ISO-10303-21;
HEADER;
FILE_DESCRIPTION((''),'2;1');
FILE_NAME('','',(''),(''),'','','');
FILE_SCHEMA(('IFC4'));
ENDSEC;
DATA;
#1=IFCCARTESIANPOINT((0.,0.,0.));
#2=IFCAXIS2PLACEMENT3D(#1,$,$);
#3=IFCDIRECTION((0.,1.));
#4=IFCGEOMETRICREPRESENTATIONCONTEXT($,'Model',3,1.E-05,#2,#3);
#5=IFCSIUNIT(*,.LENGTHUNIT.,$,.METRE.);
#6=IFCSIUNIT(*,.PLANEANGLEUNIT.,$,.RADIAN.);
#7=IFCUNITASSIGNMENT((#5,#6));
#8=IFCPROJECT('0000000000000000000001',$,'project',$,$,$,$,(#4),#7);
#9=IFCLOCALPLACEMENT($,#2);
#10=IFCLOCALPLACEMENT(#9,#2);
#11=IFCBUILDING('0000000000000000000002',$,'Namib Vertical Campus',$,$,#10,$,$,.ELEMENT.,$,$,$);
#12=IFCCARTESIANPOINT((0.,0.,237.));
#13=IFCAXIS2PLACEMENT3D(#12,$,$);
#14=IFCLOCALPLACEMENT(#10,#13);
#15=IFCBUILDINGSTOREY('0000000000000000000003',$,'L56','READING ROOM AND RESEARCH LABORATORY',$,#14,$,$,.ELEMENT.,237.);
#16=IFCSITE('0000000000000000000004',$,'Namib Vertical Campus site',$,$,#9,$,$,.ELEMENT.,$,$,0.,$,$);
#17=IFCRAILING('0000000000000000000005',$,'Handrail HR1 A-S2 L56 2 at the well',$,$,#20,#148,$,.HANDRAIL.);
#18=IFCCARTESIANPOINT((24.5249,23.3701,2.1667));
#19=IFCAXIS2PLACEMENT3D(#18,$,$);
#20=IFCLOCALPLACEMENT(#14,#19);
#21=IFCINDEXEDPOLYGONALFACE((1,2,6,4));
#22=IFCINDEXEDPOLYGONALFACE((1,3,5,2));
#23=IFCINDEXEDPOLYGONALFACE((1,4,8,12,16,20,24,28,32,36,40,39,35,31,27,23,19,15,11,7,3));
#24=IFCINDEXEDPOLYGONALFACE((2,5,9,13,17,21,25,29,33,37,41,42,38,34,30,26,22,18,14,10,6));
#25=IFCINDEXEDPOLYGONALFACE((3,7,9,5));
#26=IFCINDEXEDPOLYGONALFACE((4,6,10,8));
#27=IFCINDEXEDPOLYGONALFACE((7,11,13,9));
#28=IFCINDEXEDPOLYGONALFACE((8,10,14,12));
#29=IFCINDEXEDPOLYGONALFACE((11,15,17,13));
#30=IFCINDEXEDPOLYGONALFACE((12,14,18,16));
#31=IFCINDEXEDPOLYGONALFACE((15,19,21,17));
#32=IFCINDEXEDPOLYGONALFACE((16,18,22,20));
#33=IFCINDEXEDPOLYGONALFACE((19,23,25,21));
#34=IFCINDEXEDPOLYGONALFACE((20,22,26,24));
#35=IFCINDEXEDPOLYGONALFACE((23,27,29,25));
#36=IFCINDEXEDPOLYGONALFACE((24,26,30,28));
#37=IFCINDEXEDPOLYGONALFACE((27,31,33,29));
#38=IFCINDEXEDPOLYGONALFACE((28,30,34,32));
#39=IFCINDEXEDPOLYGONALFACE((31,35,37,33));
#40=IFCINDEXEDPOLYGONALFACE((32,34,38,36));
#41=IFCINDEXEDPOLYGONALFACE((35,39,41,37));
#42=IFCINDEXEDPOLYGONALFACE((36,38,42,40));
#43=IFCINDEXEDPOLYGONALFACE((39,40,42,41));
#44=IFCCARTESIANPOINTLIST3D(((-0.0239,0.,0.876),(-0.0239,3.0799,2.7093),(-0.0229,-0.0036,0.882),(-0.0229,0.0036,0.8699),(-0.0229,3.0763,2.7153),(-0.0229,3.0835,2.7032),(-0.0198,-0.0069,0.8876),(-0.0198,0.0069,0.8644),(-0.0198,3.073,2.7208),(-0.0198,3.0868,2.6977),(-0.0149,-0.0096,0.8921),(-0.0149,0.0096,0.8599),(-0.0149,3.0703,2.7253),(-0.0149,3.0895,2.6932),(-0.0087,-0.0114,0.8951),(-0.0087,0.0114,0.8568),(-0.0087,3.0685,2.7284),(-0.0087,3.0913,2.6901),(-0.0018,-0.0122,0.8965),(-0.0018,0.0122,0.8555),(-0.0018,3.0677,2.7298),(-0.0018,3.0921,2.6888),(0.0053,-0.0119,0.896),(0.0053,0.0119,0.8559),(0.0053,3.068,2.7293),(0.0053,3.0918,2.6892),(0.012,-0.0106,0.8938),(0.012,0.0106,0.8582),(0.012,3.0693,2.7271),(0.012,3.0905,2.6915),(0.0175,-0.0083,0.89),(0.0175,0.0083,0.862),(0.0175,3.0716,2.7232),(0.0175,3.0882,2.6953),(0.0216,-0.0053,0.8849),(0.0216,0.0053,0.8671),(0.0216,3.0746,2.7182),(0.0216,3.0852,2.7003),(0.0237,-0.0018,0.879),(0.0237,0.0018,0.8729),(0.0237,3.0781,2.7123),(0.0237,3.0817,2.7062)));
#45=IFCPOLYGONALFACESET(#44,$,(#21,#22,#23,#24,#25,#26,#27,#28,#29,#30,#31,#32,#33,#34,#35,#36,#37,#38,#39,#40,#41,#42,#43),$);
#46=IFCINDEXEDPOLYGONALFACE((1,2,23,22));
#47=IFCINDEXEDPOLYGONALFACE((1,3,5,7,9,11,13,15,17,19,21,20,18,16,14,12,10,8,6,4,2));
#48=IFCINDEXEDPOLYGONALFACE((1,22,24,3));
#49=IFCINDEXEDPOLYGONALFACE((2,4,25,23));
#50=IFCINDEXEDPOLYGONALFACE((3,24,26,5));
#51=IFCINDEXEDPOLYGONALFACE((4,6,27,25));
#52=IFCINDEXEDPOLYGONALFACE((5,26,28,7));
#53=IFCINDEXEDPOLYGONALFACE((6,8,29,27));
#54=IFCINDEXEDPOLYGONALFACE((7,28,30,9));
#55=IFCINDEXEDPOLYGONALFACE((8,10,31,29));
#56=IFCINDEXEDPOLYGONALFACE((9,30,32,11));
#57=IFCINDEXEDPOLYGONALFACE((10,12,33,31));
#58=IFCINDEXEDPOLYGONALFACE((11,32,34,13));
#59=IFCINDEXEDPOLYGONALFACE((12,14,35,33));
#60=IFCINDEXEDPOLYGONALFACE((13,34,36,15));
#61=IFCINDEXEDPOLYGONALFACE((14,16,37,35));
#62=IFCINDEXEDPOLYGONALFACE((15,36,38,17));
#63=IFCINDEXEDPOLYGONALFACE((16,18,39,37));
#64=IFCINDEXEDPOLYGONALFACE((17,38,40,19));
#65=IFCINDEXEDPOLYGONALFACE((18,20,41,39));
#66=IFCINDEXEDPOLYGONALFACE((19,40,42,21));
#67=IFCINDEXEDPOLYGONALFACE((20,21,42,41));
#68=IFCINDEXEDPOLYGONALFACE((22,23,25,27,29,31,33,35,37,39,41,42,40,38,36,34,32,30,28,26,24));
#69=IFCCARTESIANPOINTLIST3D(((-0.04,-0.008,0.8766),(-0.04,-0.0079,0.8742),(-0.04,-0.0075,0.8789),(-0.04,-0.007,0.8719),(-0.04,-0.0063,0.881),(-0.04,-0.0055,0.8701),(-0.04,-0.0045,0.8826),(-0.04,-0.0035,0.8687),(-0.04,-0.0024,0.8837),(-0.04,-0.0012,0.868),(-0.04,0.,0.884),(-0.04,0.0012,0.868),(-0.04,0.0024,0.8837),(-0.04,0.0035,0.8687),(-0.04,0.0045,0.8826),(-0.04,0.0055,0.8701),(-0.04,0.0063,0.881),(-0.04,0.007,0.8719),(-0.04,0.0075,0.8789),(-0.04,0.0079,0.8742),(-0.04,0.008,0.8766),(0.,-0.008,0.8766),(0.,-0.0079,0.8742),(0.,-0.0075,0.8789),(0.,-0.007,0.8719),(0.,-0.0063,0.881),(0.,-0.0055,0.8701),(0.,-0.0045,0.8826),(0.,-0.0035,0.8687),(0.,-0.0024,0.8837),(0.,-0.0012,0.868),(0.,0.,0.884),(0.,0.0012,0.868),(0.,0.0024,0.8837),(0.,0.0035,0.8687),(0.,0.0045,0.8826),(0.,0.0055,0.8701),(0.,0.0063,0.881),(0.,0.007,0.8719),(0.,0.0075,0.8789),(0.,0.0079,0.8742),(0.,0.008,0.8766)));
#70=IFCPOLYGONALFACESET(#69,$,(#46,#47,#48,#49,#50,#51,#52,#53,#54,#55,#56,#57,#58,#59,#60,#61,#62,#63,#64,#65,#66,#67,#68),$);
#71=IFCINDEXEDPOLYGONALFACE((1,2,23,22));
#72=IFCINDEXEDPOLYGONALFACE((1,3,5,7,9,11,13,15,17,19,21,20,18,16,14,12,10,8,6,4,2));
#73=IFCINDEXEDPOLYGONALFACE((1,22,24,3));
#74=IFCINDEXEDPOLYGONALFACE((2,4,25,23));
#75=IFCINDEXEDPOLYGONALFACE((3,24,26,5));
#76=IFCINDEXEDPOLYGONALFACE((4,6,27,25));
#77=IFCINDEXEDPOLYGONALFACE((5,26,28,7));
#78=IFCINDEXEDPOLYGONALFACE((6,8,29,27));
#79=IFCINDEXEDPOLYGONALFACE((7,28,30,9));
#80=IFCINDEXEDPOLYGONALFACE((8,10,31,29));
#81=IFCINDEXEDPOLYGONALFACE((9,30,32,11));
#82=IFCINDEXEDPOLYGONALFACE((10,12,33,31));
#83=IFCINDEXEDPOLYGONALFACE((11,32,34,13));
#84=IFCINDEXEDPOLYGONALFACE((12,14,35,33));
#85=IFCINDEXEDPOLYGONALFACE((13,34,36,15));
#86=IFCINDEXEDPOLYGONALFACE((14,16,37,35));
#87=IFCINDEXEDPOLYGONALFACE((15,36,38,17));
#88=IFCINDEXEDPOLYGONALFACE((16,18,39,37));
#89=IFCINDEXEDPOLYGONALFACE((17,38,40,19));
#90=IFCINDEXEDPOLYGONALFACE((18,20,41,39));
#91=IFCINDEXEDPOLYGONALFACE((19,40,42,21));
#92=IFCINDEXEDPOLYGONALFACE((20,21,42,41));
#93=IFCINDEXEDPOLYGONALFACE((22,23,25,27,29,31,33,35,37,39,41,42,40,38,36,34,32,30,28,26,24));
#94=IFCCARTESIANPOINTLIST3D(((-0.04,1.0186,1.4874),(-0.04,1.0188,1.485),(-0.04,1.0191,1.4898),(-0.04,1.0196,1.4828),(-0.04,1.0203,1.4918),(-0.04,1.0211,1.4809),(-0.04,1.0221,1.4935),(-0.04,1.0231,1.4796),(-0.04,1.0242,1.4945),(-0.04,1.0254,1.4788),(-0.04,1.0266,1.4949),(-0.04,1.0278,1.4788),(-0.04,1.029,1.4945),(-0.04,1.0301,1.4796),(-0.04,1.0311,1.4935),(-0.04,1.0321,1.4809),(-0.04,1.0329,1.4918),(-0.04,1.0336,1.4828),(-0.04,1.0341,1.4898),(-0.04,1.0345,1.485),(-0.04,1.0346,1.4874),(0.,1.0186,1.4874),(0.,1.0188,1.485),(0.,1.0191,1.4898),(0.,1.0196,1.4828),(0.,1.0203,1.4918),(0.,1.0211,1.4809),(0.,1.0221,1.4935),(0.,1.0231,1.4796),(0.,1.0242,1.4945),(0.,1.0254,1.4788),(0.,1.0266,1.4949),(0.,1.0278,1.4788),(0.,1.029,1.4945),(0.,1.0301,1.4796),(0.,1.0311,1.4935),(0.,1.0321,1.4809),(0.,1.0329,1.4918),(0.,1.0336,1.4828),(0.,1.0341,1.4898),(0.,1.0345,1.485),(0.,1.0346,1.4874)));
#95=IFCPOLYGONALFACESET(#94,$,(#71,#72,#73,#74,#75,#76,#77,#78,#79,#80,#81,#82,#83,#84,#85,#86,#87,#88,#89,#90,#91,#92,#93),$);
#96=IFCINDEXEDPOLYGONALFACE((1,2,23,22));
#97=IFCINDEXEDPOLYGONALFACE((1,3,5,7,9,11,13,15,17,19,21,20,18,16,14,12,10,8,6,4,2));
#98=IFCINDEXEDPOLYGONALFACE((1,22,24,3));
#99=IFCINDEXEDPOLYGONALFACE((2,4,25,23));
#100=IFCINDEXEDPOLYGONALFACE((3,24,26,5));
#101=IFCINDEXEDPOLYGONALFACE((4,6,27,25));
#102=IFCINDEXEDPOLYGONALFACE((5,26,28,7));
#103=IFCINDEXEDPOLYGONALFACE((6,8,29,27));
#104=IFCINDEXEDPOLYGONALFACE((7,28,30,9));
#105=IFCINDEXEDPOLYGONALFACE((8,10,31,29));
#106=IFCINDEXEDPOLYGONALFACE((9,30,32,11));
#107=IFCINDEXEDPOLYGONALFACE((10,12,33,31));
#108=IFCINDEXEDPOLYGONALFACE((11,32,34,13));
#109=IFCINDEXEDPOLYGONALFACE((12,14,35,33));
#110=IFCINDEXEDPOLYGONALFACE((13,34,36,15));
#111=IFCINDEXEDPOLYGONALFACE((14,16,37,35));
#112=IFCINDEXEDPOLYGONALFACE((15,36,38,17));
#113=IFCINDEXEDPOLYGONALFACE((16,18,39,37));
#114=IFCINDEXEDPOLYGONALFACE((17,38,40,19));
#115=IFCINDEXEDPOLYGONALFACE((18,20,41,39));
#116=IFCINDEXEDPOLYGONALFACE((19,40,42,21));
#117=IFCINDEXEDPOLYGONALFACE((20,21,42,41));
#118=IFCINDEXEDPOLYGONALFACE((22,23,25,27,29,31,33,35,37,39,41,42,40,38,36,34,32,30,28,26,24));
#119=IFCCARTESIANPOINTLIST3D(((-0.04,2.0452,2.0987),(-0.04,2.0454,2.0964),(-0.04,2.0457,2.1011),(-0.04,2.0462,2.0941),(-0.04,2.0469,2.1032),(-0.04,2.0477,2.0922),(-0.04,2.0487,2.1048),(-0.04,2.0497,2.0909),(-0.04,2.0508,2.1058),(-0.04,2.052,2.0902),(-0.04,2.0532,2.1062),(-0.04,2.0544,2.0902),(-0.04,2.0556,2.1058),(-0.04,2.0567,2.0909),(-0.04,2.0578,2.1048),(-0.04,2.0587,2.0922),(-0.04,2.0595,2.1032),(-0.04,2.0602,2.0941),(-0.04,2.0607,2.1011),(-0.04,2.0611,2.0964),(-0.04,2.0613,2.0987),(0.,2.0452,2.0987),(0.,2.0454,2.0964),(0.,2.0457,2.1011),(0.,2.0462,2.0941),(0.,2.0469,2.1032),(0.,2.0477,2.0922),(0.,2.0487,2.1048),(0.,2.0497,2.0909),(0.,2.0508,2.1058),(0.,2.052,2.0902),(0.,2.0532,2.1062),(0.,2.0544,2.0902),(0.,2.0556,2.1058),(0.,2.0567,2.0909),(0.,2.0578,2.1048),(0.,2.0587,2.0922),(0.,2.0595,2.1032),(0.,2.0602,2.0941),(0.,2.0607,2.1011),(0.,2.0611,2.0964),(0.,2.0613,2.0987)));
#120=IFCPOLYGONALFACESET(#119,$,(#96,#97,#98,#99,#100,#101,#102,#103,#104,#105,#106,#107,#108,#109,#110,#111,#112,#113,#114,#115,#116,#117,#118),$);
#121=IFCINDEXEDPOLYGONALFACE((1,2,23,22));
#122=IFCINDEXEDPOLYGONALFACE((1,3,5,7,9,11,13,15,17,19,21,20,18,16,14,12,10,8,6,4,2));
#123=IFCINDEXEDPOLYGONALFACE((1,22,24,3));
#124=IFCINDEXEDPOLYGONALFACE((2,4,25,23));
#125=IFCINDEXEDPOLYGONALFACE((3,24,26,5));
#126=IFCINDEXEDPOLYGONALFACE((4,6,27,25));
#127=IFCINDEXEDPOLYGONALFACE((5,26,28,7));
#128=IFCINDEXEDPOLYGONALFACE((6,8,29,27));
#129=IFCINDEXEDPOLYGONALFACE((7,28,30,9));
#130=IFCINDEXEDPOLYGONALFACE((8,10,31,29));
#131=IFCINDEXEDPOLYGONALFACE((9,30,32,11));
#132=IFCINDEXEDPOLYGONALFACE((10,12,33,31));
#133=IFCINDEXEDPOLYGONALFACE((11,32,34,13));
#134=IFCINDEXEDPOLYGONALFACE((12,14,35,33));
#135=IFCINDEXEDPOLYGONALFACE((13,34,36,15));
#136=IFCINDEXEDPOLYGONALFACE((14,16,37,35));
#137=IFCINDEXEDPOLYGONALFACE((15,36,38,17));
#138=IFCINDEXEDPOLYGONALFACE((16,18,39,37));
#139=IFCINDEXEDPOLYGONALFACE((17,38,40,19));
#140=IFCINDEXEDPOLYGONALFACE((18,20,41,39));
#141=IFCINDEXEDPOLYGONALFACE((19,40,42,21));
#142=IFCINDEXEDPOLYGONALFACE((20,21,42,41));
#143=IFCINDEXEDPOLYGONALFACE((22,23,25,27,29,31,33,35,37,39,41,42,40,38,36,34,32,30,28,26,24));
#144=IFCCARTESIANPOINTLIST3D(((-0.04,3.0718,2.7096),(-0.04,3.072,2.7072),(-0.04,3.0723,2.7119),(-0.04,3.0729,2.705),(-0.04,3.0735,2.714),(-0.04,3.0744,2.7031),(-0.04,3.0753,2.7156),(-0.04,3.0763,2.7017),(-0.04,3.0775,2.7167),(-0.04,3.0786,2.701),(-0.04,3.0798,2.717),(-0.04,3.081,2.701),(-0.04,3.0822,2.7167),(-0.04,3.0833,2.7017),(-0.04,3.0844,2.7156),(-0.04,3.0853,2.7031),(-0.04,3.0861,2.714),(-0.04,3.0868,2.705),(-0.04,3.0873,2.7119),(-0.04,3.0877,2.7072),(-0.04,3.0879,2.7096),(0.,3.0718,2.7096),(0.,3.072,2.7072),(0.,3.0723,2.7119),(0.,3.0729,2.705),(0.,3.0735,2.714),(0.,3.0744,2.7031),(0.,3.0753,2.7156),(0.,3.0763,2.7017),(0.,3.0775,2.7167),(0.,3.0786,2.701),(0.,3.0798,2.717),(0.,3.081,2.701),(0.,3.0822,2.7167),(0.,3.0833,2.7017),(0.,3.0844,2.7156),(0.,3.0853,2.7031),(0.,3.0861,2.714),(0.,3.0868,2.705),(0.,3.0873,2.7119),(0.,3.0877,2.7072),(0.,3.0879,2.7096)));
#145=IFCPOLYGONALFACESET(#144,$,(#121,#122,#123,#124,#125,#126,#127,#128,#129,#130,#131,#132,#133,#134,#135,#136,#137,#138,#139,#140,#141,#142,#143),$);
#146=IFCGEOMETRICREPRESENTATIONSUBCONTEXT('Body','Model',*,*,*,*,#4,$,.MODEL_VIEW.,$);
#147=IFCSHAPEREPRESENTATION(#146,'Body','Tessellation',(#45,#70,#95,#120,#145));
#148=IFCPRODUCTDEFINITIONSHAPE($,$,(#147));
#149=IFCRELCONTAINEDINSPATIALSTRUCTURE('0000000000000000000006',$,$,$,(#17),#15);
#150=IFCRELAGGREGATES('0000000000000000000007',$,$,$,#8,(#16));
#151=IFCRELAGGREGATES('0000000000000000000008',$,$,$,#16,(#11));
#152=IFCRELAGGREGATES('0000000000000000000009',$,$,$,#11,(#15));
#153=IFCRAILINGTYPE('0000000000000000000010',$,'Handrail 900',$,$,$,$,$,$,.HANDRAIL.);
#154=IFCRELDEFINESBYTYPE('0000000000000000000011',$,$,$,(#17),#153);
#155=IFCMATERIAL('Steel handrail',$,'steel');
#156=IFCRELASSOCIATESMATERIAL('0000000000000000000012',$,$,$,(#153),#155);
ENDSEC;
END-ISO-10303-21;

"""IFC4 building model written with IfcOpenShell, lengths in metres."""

from ifc_helpers import new_model, si_unit, direction, frame, origin, origin_2d, place, context, subcontext, project, spatial, circle, extrude, material, type_object, element, save


model = new_model("IFC4")

# Units and contexts
model_context = context("Model", 3, precision=1e-05, world=origin(), true_north=direction((0.0, 1.0)))
body_context = subcontext(model_context, "Body", "Model", "MODEL_VIEW")
ifc_project = project(units=[si_unit("LENGTHUNIT", "METRE"), si_unit("PLANEANGLEUNIT", "RADIAN")], contexts=[model_context])

# Site, building, storey
site_placement = place(None, origin())
site = spatial("IfcSite", under=ifc_project, at=site_placement, Name="Namib Vertical Campus site", CompositionType="ELEMENT", RefElevation=0.0)
building_placement = place(site_placement, origin())
building = spatial("IfcBuilding", under=site, at=building_placement, Name="Namib Vertical Campus", CompositionType="ELEMENT")
storey_placement = place(building_placement, frame((0.0, 0.0, 237.0)))
storey = spatial("IfcBuildingStorey", under=building, at=storey_placement, Name="L56", Description="READING ROOM AND RESEARCH LABORATORY", CompositionType="ELEMENT", Elevation=237.0)

# Railing
ifc_material_1 = material(Name="Steel handrail", Category="steel")
railing_type = type_object("IfcRailingType", Name="Handrail 900", PredefinedType="HANDRAIL", material=ifc_material_1)
railing_placement = place(storey_placement, frame((24.5249, 23.3701, 2.1667)))
element("IfcRailing", 1, at=railing_placement, inside=storey, type_object=railing_type, Name="Handrail HR1 A-S2 L56 2 at the well", PredefinedType="HANDRAIL", context=body_context, shape_type="SweptSolid", body=[
    extrude(circle(Radius=0.0239, at=origin_2d()), frame((0.0, 0.0, 0.876), z_axis=(0.0, 0.859291, 0.511487), x_axis=(-1.0, 0.0, 0.0)), (0.0, 0.0, 1.0), 3.5842),
    extrude(circle(Radius=0.0081, at=origin_2d()), frame((0.0, 0.0, 0.876), z_axis=(-1.0, 0.0, 0.0), x_axis=(0.0, 0.0, 1.0)), (0.0, 0.0, 1.0), 0.04),
    extrude(circle(Radius=0.0081, at=origin_2d()), frame((0.0, 1.0266, 1.4868), z_axis=(-1.0, 0.0, 0.0), x_axis=(0.0, 0.0, 1.0)), (0.0, 0.0, 1.0), 0.04),
    extrude(circle(Radius=0.0081, at=origin_2d()), frame((0.0, 2.0532, 2.0981), z_axis=(-1.0, 0.0, 0.0), x_axis=(0.0, 0.0, 1.0)), (0.0, 0.0, 1.0), 0.04),
    extrude(circle(Radius=0.0081, at=origin_2d()), frame((0.0, 3.0798, 2.709), z_axis=(-1.0, 0.0, 0.0), x_axis=(0.0, 0.0, 1.0)), (0.0, 0.0, 1.0), 0.04),
])

save(model, "model.ifc")
